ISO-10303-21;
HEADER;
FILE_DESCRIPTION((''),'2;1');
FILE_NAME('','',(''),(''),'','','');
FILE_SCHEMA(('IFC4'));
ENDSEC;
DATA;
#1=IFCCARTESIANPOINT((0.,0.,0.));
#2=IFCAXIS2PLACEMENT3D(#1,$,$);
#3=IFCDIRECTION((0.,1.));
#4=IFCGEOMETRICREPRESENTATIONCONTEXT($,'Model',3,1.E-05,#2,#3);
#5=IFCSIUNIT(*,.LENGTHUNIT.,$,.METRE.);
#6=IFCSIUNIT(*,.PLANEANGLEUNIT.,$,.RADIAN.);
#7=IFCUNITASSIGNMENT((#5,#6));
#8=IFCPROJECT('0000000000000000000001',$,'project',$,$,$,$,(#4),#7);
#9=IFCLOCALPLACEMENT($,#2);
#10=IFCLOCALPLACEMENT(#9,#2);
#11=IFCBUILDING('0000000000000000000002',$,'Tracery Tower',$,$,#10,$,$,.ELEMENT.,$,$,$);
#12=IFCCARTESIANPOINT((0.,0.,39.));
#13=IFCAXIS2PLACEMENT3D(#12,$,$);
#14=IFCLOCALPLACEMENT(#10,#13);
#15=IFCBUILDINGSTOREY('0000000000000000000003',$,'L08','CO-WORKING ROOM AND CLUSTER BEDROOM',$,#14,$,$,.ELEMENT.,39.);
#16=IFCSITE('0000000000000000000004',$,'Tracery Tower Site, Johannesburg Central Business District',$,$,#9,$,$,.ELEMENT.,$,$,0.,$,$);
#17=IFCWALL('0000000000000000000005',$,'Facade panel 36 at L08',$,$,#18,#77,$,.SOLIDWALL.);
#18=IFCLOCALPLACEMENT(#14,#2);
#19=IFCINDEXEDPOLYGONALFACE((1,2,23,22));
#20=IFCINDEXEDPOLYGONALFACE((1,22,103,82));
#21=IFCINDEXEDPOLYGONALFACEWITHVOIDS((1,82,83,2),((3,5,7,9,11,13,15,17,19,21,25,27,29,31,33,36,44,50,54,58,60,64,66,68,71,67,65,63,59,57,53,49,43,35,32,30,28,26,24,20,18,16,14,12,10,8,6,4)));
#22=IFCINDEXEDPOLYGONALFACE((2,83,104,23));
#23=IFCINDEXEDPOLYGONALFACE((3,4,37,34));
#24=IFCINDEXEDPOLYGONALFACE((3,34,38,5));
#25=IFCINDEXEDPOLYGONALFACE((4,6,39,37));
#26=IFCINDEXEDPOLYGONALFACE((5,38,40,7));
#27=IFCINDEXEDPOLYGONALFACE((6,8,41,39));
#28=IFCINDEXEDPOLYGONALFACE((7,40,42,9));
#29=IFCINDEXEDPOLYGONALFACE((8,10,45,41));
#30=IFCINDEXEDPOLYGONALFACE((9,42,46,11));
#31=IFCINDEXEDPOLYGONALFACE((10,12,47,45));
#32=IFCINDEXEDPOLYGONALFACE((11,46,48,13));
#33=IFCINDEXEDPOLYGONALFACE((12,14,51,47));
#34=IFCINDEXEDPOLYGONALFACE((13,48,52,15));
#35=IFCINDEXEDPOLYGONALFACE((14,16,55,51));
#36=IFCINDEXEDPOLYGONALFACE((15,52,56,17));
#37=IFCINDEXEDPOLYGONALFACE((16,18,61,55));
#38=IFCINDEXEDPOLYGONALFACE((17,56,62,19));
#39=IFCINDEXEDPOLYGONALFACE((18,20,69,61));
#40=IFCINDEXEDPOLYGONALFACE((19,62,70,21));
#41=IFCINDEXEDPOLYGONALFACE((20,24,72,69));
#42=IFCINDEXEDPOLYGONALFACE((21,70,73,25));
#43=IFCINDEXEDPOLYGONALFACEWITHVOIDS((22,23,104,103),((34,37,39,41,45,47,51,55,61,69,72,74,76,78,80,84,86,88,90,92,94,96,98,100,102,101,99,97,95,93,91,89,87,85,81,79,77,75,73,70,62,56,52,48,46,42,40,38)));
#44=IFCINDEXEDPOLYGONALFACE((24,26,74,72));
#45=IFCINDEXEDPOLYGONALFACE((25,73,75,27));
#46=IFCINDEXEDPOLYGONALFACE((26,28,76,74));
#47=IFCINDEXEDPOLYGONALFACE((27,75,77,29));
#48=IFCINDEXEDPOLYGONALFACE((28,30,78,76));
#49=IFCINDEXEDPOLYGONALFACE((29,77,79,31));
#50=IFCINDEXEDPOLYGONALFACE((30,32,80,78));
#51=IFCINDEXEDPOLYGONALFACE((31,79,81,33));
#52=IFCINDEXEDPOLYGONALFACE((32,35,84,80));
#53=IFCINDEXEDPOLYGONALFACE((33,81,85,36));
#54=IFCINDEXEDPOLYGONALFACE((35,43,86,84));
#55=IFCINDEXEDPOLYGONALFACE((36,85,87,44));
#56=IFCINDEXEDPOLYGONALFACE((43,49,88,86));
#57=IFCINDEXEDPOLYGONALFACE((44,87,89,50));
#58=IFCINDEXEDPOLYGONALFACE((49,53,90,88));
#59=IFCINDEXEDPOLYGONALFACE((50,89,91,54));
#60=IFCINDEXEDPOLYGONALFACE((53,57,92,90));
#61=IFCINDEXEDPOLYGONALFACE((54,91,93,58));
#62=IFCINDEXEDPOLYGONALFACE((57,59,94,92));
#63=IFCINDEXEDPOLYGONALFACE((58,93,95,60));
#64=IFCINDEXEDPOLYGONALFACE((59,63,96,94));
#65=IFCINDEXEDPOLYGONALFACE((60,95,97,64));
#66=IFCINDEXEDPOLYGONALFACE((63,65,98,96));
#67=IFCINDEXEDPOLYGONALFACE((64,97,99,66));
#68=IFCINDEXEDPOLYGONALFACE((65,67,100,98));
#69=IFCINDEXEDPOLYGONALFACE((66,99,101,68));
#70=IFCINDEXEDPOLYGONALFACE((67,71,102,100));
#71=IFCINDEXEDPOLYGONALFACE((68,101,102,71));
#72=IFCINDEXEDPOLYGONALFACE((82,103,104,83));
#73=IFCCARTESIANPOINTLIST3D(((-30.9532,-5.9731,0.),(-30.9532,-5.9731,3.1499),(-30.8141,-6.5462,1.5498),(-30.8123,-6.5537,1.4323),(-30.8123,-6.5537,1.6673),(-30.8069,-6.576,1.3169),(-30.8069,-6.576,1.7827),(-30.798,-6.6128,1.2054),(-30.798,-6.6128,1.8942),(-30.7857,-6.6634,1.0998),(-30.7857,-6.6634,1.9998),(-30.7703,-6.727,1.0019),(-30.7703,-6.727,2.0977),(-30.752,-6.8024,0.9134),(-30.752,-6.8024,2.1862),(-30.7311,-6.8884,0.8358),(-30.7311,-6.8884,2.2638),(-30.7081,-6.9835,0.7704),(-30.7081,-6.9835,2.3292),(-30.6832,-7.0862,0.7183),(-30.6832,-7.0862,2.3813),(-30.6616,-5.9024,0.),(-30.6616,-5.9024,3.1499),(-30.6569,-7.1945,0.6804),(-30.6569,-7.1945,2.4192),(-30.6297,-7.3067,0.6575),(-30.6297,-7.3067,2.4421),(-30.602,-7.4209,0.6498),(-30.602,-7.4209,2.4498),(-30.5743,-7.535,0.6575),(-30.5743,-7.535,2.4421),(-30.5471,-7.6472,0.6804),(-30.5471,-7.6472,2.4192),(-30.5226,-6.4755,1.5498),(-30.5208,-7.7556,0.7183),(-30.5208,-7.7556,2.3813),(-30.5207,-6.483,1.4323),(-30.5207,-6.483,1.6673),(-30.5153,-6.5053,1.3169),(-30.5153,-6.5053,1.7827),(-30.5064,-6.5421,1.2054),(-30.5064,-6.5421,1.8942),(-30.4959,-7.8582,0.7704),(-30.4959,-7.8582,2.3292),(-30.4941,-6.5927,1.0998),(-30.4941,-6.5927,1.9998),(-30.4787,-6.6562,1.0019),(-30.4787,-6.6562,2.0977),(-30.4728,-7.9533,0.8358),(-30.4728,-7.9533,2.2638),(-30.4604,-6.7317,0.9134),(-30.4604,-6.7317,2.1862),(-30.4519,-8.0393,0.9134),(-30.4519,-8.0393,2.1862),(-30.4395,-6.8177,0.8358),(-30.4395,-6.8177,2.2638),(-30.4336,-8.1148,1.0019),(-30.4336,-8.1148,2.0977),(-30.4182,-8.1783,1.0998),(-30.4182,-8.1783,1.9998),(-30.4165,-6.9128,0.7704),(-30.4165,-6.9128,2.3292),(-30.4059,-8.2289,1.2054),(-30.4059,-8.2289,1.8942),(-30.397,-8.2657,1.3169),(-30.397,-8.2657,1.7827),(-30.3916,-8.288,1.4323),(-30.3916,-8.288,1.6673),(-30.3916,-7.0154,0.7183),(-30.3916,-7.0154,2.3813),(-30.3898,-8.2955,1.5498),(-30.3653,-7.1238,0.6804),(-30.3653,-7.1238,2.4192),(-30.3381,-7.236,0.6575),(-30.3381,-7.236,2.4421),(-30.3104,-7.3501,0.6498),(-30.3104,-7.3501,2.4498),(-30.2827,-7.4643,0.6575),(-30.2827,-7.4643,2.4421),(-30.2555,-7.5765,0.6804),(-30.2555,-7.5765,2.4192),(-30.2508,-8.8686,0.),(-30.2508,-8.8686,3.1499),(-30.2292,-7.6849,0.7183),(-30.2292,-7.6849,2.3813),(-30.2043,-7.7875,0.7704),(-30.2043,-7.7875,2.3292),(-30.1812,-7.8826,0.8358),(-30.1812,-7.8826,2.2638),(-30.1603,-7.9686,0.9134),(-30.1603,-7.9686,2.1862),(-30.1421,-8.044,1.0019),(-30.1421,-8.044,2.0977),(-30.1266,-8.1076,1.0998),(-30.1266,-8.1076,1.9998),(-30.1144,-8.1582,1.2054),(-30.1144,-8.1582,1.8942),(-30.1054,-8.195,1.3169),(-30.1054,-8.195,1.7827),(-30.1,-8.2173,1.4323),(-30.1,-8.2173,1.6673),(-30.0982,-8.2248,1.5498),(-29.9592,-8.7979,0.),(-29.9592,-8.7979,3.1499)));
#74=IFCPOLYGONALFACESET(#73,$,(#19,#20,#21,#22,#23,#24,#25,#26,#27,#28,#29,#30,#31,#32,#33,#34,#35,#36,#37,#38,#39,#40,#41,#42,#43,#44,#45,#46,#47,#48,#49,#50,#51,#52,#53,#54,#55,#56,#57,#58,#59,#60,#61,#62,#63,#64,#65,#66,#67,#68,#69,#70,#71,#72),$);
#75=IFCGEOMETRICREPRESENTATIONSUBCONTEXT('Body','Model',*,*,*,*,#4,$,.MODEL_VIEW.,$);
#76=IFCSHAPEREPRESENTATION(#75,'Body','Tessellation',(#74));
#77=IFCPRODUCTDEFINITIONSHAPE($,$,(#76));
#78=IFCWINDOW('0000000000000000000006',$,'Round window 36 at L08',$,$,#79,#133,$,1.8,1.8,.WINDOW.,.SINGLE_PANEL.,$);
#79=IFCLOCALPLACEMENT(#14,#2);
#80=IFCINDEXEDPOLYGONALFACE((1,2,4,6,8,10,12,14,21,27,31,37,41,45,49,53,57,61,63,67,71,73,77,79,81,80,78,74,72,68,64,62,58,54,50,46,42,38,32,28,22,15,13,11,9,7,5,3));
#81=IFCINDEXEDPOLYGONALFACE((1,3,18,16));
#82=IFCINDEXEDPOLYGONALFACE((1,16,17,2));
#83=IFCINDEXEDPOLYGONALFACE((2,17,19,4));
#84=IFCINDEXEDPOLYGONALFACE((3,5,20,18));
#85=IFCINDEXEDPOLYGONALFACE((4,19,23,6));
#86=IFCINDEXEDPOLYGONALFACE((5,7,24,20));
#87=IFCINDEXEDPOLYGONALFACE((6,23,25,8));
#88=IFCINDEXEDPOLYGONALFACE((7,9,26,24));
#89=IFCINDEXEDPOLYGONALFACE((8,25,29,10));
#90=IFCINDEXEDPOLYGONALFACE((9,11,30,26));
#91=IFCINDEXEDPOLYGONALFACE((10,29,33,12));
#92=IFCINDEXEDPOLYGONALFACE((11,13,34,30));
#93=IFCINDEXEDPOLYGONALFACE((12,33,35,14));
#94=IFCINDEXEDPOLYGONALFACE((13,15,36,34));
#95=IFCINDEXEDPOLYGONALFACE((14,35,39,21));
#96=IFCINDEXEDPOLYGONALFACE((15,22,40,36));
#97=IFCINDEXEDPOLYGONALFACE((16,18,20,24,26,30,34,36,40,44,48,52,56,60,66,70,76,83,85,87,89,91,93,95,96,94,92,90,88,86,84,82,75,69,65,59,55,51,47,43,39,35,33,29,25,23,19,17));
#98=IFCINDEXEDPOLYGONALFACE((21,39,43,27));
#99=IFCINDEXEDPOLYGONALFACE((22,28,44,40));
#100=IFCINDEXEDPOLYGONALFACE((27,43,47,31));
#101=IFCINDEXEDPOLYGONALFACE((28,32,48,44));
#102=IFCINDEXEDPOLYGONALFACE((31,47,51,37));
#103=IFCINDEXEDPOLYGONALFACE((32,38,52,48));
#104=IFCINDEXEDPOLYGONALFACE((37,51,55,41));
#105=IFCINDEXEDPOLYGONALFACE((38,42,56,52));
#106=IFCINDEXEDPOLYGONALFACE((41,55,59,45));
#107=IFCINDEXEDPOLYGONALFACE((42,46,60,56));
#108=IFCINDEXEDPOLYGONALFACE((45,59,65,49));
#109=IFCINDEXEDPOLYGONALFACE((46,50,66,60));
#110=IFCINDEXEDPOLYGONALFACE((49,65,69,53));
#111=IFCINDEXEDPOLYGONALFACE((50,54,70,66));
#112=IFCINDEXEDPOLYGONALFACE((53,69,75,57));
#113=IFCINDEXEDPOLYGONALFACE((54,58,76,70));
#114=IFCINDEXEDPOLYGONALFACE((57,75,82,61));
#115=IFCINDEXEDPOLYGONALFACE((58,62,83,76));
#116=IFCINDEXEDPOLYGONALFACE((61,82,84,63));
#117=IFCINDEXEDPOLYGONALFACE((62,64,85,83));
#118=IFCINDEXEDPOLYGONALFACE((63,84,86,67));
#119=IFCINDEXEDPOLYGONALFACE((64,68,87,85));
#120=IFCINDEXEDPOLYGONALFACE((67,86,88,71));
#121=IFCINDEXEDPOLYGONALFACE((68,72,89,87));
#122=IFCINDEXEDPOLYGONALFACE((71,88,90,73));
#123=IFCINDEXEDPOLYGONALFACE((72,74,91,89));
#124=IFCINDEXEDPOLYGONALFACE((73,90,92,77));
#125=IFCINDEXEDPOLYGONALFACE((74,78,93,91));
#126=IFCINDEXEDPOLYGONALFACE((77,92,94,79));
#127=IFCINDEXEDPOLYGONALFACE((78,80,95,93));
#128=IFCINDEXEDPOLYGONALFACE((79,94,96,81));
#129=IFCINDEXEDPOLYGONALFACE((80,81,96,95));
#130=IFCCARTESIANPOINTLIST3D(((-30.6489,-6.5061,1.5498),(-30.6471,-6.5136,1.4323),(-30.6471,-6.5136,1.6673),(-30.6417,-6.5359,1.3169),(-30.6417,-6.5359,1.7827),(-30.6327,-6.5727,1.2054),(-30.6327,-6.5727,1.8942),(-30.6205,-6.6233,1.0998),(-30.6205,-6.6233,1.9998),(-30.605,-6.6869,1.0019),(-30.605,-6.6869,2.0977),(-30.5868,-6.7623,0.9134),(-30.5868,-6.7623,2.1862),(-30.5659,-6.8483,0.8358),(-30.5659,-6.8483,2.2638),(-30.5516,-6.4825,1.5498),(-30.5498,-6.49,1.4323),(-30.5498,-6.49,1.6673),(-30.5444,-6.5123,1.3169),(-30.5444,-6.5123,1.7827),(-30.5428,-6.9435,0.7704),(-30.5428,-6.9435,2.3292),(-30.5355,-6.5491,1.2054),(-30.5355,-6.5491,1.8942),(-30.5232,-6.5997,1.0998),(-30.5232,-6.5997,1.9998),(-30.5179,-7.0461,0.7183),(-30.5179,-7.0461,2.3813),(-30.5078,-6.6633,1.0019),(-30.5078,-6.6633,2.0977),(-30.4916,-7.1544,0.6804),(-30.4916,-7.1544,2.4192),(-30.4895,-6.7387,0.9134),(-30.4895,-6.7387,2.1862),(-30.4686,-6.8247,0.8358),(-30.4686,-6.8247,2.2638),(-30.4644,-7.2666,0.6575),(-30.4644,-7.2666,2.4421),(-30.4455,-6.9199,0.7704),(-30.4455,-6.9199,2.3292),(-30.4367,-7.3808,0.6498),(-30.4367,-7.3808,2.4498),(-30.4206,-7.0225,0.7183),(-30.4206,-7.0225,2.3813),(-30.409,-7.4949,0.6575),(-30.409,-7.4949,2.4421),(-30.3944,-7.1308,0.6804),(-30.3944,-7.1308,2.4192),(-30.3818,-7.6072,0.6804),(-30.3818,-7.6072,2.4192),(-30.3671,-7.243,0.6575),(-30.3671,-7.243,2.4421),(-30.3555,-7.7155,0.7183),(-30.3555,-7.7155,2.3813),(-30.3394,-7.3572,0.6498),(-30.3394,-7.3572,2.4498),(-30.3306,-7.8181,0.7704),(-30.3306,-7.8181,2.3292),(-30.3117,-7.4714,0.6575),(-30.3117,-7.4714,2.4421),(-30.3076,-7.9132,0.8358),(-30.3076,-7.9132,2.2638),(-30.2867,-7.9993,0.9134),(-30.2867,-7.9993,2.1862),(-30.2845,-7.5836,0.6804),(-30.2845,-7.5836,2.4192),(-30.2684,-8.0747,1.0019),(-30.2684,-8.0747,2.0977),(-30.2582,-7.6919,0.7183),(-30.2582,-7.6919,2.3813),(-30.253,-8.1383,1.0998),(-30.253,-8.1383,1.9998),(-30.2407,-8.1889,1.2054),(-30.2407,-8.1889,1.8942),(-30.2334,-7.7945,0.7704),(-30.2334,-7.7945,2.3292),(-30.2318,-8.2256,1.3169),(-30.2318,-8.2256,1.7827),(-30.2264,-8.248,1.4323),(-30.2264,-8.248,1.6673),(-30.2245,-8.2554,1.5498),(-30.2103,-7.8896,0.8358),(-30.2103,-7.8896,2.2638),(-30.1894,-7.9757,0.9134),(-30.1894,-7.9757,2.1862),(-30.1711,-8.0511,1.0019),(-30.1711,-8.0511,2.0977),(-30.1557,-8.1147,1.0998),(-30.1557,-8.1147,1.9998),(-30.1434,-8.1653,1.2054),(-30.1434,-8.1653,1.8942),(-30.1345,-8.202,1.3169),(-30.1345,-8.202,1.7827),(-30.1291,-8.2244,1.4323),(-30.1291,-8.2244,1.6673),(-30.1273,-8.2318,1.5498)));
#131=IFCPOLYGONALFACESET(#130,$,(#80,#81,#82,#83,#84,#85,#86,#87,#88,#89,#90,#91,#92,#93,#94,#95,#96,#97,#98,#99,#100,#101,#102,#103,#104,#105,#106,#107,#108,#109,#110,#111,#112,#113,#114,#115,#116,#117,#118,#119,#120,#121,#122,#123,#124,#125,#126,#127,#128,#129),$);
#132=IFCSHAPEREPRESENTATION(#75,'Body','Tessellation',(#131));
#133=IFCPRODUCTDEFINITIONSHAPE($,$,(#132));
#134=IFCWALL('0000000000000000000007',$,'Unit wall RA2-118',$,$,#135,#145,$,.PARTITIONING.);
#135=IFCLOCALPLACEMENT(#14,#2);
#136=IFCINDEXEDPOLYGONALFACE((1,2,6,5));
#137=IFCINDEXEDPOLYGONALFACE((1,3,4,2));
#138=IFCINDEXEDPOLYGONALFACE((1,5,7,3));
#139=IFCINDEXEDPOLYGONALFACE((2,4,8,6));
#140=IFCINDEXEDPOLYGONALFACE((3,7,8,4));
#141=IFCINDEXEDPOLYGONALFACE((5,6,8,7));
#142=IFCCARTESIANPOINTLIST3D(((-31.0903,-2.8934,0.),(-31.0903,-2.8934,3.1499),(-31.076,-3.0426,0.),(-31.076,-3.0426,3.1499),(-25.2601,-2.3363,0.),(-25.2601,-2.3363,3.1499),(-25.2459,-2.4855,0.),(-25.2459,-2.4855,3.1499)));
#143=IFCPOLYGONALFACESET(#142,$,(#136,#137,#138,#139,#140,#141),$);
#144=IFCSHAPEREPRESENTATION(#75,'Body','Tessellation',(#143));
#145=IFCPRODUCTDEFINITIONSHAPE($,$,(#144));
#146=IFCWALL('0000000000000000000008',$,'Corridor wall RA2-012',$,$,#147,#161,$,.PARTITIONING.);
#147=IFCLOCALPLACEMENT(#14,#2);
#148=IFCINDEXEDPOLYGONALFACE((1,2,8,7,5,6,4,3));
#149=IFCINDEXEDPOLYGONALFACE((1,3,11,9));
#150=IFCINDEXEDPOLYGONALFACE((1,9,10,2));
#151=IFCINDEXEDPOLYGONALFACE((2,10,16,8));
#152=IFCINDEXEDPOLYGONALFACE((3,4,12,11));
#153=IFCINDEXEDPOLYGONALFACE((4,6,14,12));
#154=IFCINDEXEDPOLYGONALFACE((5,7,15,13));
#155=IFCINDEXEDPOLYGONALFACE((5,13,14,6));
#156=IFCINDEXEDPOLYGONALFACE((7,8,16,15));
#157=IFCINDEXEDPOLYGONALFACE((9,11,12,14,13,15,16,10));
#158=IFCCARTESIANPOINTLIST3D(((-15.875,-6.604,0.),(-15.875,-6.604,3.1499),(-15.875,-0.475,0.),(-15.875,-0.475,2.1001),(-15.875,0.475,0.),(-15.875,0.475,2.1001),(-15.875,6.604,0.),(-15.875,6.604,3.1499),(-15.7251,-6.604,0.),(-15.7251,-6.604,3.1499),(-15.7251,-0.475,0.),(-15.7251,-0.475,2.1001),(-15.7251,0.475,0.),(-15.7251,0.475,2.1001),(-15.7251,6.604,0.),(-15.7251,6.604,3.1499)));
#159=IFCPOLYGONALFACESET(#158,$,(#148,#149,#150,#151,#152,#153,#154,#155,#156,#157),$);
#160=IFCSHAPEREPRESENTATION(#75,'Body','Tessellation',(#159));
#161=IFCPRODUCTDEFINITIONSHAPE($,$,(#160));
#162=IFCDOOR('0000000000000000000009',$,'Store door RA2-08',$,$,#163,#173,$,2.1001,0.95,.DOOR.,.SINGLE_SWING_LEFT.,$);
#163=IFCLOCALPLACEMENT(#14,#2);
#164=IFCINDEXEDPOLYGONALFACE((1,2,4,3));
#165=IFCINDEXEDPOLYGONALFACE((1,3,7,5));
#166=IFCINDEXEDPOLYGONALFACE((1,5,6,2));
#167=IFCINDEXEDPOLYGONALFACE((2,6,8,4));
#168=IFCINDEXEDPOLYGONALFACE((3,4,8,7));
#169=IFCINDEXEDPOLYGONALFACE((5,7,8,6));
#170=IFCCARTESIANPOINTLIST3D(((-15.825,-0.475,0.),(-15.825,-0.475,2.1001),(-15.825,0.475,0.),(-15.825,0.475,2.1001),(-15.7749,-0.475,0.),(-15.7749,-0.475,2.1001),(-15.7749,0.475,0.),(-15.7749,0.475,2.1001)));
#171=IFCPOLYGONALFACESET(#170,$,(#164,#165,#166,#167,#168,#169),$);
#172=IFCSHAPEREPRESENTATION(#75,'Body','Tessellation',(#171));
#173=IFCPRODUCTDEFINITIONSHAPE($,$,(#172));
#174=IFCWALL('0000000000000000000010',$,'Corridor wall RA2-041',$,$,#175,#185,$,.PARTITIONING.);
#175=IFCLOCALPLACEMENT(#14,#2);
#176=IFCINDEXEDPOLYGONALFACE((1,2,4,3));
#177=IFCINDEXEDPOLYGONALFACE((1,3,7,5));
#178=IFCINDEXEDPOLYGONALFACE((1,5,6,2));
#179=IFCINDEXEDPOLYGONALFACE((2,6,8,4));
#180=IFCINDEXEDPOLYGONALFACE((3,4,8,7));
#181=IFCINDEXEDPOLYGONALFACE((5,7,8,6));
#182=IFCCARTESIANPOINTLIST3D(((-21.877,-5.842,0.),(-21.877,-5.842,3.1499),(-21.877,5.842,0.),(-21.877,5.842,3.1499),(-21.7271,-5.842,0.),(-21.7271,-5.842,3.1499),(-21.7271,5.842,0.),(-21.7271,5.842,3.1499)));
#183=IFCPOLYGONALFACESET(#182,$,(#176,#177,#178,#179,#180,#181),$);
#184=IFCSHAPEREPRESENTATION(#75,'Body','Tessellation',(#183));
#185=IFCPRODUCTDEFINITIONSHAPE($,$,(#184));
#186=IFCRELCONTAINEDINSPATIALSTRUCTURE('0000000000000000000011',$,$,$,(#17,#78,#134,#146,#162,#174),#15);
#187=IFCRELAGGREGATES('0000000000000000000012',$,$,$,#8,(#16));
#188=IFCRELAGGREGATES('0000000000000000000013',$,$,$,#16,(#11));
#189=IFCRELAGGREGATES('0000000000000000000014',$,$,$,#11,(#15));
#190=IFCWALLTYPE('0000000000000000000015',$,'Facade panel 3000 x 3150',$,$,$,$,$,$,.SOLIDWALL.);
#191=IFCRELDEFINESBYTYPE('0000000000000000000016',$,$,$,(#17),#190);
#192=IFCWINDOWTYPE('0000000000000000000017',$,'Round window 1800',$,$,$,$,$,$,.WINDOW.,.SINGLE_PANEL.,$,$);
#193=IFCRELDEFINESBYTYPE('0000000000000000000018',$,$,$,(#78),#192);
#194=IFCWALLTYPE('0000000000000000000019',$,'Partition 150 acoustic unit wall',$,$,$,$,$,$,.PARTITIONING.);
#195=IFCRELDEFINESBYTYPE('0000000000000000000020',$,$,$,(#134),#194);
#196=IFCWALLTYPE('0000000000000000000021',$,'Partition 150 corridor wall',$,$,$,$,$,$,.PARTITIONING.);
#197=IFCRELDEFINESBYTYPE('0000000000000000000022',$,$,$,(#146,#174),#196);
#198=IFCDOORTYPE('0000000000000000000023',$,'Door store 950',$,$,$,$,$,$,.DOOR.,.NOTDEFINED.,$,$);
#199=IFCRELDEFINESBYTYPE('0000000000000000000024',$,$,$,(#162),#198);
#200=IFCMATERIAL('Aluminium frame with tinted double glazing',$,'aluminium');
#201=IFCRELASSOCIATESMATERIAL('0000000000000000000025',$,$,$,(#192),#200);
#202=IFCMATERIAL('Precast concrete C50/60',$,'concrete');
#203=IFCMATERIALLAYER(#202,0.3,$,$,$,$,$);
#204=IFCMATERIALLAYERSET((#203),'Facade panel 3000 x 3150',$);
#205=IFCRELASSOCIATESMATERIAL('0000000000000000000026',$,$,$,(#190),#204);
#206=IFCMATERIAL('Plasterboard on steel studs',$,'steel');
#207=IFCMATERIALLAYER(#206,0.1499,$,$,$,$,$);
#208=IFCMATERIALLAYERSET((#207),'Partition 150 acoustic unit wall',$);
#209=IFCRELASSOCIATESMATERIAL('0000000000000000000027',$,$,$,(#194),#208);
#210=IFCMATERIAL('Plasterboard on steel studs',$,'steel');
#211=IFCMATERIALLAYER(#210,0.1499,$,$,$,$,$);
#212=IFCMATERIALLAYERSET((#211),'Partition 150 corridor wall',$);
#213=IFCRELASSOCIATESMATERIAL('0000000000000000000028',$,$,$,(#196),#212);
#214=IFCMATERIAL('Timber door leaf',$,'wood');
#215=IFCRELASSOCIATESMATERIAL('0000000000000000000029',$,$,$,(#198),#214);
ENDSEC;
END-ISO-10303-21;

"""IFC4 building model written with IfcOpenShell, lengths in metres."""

from ifc_helpers import new_model, si_unit, direction, frame, frame_2d, origin, origin_2d, place, context, subcontext, project, spatial, rectangle, circle, extrude, material, layer, layer_set, type_object, element, fill, save


model = new_model("IFC4")

# Units and contexts
model_context = context("Model", 3, precision=1e-05, world=origin(), true_north=direction((0.0, 1.0)))
body_context = subcontext(model_context, "Body", "Model", "MODEL_VIEW")
ifc_project = project(units=[si_unit("LENGTHUNIT", "METRE"), si_unit("PLANEANGLEUNIT", "RADIAN")], contexts=[model_context])

# Site, building, storey
site_placement = place(None, origin())
site = spatial("IfcSite", under=ifc_project, at=site_placement, Name="Tracery Tower Site, Johannesburg Central Business District", CompositionType="ELEMENT", RefElevation=0.0)
building_placement = place(site_placement, origin())
building = spatial("IfcBuilding", under=site, at=building_placement, Name="Tracery Tower", CompositionType="ELEMENT")
storey_placement = place(building_placement, frame((0.0, 0.0, 39.0)))
storey = spatial("IfcBuildingStorey", under=building, at=storey_placement, Name="L08", Description="CO-WORKING ROOM AND CLUSTER BEDROOM", CompositionType="ELEMENT", Elevation=39.0)

# Wall, opening, window
ifc_material_1 = material(Name="Aluminium frame with tinted double glazing", Category="aluminium")
window_type = type_object("IfcWindowType", Name="Round window 1800", PartitioningType="SINGLE_PANEL", PredefinedType="WINDOW", material=ifc_material_1)
ifc_material_2 = material(Name="Precast concrete C50/60", Category="concrete")
ifc_layer_1 = layer(ifc_material_2, 0.3)
ifc_layer_set_1 = layer_set([ifc_layer_1], Name="Facade panel 3000 x 3150")
wall_type_1 = type_object("IfcWallType", Name="Facade panel 3000 x 3150", PredefinedType="SOLIDWALL", material=ifc_layer_set_1)
wall_1_placement = place(storey_placement, frame((-30.8074, -5.9377, 0.0), z_axis=(0.0, 0.0, 1.0), x_axis=(0.235743, -0.971815, 0.0)))
wall_1 = element("IfcWall", 1, at=wall_1_placement, inside=storey, type_object=wall_type_1, Name="Facade panel 36 at L08", PredefinedType="SOLIDWALL", context=body_context, shape_type="SweptSolid", body=[
    extrude(rectangle(XDim=2.9795, YDim=0.3, at=frame_2d((1.4897, 0.0))), origin(), (0.0, 0.0, 1.0), 3.1499),
])
opening_1_placement = place(wall_1_placement, frame((1.4897, 0.0, 1.5498)))
opening_1 = element("IfcOpeningElement", 2, at=opening_1_placement, cuts=wall_1, PredefinedType="OPENING", context=body_context, shape_type="SweptSolid", body=[
    extrude(circle(Radius=0.9, at=origin_2d()), frame((0.0, 0.1599, 0.0), z_axis=(0.0, -1.0, 0.0), x_axis=(1.0, 0.0, 0.0)), (0.0, 0.0, 1.0), 0.3201),
])
window_1_placement = place(opening_1_placement, origin())
window_1 = element("IfcWindow", 3, at=window_1_placement, inside=storey, type_object=window_type, Name="Round window 36 at L08", OverallHeight=1.8, OverallWidth=1.8, PartitioningType="SINGLE_PANEL", PredefinedType="WINDOW", context=body_context, shape_type="SweptSolid", body=[
    extrude(circle(Radius=0.9, at=origin_2d()), frame((0.0, 0.1201, 0.0), z_axis=(0.0, -1.0, 0.0), x_axis=(1.0, 0.0, 0.0)), (0.0, 0.0, 1.0), 0.1001),
])
fill(opening_1, window_1)

# Wall
ifc_material_3 = material(Name="Plasterboard on steel studs", Category="steel")
ifc_layer_2 = layer(ifc_material_3, 0.1499)
ifc_layer_set_2 = layer_set([ifc_layer_2], Name="Partition 150 acoustic unit wall")
wall_type_2 = type_object("IfcWallType", Name="Partition 150 acoustic unit wall", PredefinedType="PARTITIONING", material=ifc_layer_set_2)
wall_2_placement = place(storey_placement, frame((-31.083, -2.968, 0.0), z_axis=(0.0, 0.0, 1.0), x_axis=(0.995465, 0.095128, 0.0)))
element("IfcWall", 4, at=wall_2_placement, inside=storey, type_object=wall_type_2, Name="Unit wall RA2-118", PredefinedType="PARTITIONING", context=body_context, shape_type="SweptSolid", body=[
    extrude(rectangle(XDim=5.8567, YDim=0.1499, at=frame_2d((2.9282, 0.0))), origin(), (0.0, 0.0, 1.0), 3.1499),
])

# Wall, opening, door
ifc_material_4 = material(Name="Plasterboard on steel studs", Category="steel")
ifc_layer_3 = layer(ifc_material_4, 0.1499)
ifc_layer_set_3 = layer_set([ifc_layer_3], Name="Partition 150 corridor wall")
wall_type_3 = type_object("IfcWallType", Name="Partition 150 corridor wall", PredefinedType="PARTITIONING", material=ifc_layer_set_3)
wall_3_placement = place(storey_placement, frame((-15.8, -6.604, 0.0), z_axis=(0.0, 0.0, 1.0), x_axis=(0.0, 1.0, 0.0)))
wall_3 = element("IfcWall", 5, at=wall_3_placement, inside=storey, type_object=wall_type_3, Name="Corridor wall RA2-012", PredefinedType="PARTITIONING", context=body_context, shape_type="SweptSolid", body=[
    extrude(rectangle(XDim=13.208, YDim=0.1499, at=frame_2d((6.604, 0.0))), origin(), (0.0, 0.0, 1.0), 3.1499),
])
opening_2_placement = place(wall_3_placement, frame((6.1289, 0.0, 0.0)))
opening_2 = element("IfcOpeningElement", 6, at=opening_2_placement, cuts=wall_3, PredefinedType="OPENING", context=body_context, shape_type="SweptSolid", body=[
    extrude(rectangle(XDim=0.95, YDim=2.1001, at=frame_2d((0.4751, 1.05))), frame((0.0, 0.075, 0.0), z_axis=(0.0, -1.0, 0.0), x_axis=(1.0, 0.0, 0.0)), (0.0, 0.0, 1.0), 0.1499),
])
ifc_material_5 = material(Name="Timber door leaf", Category="wood")
door_type_1 = type_object("IfcDoorType", Name="Door store 950", OperationType="NOTDEFINED", PredefinedType="DOOR", material=ifc_material_5)
door_1_placement = place(opening_2_placement, origin())
door_1 = element("IfcDoor", 7, at=door_1_placement, inside=storey, type_object=door_type_1, Name="Store door RA2-08", OperationType="SINGLE_SWING_LEFT", OverallHeight=2.1001, OverallWidth=0.95, PredefinedType="DOOR", context=body_context, shape_type="SweptSolid", body=[
    extrude(rectangle(XDim=0.95, YDim=2.1001, at=frame_2d((0.4751, 1.05))), frame((0.0, 0.0249, 0.0), z_axis=(0.0, -1.0, 0.0), x_axis=(1.0, 0.0, 0.0)), (0.0, 0.0, 1.0), 0.05),
])
fill(opening_2, door_1)

# Wall
wall_4_placement = place(storey_placement, frame((-21.802, -5.842, 0.0), z_axis=(0.0, 0.0, 1.0), x_axis=(0.0, 1.0, 0.0)))
element("IfcWall", 8, at=wall_4_placement, inside=storey, type_object=wall_type_3, Name="Corridor wall RA2-041", PredefinedType="PARTITIONING", context=body_context, shape_type="SweptSolid", body=[
    extrude(rectangle(XDim=11.6841, YDim=0.1499, at=frame_2d((5.842, 0.0))), origin(), (0.0, 0.0, 1.0), 3.1499),
])

save(model, "model.ifc")
